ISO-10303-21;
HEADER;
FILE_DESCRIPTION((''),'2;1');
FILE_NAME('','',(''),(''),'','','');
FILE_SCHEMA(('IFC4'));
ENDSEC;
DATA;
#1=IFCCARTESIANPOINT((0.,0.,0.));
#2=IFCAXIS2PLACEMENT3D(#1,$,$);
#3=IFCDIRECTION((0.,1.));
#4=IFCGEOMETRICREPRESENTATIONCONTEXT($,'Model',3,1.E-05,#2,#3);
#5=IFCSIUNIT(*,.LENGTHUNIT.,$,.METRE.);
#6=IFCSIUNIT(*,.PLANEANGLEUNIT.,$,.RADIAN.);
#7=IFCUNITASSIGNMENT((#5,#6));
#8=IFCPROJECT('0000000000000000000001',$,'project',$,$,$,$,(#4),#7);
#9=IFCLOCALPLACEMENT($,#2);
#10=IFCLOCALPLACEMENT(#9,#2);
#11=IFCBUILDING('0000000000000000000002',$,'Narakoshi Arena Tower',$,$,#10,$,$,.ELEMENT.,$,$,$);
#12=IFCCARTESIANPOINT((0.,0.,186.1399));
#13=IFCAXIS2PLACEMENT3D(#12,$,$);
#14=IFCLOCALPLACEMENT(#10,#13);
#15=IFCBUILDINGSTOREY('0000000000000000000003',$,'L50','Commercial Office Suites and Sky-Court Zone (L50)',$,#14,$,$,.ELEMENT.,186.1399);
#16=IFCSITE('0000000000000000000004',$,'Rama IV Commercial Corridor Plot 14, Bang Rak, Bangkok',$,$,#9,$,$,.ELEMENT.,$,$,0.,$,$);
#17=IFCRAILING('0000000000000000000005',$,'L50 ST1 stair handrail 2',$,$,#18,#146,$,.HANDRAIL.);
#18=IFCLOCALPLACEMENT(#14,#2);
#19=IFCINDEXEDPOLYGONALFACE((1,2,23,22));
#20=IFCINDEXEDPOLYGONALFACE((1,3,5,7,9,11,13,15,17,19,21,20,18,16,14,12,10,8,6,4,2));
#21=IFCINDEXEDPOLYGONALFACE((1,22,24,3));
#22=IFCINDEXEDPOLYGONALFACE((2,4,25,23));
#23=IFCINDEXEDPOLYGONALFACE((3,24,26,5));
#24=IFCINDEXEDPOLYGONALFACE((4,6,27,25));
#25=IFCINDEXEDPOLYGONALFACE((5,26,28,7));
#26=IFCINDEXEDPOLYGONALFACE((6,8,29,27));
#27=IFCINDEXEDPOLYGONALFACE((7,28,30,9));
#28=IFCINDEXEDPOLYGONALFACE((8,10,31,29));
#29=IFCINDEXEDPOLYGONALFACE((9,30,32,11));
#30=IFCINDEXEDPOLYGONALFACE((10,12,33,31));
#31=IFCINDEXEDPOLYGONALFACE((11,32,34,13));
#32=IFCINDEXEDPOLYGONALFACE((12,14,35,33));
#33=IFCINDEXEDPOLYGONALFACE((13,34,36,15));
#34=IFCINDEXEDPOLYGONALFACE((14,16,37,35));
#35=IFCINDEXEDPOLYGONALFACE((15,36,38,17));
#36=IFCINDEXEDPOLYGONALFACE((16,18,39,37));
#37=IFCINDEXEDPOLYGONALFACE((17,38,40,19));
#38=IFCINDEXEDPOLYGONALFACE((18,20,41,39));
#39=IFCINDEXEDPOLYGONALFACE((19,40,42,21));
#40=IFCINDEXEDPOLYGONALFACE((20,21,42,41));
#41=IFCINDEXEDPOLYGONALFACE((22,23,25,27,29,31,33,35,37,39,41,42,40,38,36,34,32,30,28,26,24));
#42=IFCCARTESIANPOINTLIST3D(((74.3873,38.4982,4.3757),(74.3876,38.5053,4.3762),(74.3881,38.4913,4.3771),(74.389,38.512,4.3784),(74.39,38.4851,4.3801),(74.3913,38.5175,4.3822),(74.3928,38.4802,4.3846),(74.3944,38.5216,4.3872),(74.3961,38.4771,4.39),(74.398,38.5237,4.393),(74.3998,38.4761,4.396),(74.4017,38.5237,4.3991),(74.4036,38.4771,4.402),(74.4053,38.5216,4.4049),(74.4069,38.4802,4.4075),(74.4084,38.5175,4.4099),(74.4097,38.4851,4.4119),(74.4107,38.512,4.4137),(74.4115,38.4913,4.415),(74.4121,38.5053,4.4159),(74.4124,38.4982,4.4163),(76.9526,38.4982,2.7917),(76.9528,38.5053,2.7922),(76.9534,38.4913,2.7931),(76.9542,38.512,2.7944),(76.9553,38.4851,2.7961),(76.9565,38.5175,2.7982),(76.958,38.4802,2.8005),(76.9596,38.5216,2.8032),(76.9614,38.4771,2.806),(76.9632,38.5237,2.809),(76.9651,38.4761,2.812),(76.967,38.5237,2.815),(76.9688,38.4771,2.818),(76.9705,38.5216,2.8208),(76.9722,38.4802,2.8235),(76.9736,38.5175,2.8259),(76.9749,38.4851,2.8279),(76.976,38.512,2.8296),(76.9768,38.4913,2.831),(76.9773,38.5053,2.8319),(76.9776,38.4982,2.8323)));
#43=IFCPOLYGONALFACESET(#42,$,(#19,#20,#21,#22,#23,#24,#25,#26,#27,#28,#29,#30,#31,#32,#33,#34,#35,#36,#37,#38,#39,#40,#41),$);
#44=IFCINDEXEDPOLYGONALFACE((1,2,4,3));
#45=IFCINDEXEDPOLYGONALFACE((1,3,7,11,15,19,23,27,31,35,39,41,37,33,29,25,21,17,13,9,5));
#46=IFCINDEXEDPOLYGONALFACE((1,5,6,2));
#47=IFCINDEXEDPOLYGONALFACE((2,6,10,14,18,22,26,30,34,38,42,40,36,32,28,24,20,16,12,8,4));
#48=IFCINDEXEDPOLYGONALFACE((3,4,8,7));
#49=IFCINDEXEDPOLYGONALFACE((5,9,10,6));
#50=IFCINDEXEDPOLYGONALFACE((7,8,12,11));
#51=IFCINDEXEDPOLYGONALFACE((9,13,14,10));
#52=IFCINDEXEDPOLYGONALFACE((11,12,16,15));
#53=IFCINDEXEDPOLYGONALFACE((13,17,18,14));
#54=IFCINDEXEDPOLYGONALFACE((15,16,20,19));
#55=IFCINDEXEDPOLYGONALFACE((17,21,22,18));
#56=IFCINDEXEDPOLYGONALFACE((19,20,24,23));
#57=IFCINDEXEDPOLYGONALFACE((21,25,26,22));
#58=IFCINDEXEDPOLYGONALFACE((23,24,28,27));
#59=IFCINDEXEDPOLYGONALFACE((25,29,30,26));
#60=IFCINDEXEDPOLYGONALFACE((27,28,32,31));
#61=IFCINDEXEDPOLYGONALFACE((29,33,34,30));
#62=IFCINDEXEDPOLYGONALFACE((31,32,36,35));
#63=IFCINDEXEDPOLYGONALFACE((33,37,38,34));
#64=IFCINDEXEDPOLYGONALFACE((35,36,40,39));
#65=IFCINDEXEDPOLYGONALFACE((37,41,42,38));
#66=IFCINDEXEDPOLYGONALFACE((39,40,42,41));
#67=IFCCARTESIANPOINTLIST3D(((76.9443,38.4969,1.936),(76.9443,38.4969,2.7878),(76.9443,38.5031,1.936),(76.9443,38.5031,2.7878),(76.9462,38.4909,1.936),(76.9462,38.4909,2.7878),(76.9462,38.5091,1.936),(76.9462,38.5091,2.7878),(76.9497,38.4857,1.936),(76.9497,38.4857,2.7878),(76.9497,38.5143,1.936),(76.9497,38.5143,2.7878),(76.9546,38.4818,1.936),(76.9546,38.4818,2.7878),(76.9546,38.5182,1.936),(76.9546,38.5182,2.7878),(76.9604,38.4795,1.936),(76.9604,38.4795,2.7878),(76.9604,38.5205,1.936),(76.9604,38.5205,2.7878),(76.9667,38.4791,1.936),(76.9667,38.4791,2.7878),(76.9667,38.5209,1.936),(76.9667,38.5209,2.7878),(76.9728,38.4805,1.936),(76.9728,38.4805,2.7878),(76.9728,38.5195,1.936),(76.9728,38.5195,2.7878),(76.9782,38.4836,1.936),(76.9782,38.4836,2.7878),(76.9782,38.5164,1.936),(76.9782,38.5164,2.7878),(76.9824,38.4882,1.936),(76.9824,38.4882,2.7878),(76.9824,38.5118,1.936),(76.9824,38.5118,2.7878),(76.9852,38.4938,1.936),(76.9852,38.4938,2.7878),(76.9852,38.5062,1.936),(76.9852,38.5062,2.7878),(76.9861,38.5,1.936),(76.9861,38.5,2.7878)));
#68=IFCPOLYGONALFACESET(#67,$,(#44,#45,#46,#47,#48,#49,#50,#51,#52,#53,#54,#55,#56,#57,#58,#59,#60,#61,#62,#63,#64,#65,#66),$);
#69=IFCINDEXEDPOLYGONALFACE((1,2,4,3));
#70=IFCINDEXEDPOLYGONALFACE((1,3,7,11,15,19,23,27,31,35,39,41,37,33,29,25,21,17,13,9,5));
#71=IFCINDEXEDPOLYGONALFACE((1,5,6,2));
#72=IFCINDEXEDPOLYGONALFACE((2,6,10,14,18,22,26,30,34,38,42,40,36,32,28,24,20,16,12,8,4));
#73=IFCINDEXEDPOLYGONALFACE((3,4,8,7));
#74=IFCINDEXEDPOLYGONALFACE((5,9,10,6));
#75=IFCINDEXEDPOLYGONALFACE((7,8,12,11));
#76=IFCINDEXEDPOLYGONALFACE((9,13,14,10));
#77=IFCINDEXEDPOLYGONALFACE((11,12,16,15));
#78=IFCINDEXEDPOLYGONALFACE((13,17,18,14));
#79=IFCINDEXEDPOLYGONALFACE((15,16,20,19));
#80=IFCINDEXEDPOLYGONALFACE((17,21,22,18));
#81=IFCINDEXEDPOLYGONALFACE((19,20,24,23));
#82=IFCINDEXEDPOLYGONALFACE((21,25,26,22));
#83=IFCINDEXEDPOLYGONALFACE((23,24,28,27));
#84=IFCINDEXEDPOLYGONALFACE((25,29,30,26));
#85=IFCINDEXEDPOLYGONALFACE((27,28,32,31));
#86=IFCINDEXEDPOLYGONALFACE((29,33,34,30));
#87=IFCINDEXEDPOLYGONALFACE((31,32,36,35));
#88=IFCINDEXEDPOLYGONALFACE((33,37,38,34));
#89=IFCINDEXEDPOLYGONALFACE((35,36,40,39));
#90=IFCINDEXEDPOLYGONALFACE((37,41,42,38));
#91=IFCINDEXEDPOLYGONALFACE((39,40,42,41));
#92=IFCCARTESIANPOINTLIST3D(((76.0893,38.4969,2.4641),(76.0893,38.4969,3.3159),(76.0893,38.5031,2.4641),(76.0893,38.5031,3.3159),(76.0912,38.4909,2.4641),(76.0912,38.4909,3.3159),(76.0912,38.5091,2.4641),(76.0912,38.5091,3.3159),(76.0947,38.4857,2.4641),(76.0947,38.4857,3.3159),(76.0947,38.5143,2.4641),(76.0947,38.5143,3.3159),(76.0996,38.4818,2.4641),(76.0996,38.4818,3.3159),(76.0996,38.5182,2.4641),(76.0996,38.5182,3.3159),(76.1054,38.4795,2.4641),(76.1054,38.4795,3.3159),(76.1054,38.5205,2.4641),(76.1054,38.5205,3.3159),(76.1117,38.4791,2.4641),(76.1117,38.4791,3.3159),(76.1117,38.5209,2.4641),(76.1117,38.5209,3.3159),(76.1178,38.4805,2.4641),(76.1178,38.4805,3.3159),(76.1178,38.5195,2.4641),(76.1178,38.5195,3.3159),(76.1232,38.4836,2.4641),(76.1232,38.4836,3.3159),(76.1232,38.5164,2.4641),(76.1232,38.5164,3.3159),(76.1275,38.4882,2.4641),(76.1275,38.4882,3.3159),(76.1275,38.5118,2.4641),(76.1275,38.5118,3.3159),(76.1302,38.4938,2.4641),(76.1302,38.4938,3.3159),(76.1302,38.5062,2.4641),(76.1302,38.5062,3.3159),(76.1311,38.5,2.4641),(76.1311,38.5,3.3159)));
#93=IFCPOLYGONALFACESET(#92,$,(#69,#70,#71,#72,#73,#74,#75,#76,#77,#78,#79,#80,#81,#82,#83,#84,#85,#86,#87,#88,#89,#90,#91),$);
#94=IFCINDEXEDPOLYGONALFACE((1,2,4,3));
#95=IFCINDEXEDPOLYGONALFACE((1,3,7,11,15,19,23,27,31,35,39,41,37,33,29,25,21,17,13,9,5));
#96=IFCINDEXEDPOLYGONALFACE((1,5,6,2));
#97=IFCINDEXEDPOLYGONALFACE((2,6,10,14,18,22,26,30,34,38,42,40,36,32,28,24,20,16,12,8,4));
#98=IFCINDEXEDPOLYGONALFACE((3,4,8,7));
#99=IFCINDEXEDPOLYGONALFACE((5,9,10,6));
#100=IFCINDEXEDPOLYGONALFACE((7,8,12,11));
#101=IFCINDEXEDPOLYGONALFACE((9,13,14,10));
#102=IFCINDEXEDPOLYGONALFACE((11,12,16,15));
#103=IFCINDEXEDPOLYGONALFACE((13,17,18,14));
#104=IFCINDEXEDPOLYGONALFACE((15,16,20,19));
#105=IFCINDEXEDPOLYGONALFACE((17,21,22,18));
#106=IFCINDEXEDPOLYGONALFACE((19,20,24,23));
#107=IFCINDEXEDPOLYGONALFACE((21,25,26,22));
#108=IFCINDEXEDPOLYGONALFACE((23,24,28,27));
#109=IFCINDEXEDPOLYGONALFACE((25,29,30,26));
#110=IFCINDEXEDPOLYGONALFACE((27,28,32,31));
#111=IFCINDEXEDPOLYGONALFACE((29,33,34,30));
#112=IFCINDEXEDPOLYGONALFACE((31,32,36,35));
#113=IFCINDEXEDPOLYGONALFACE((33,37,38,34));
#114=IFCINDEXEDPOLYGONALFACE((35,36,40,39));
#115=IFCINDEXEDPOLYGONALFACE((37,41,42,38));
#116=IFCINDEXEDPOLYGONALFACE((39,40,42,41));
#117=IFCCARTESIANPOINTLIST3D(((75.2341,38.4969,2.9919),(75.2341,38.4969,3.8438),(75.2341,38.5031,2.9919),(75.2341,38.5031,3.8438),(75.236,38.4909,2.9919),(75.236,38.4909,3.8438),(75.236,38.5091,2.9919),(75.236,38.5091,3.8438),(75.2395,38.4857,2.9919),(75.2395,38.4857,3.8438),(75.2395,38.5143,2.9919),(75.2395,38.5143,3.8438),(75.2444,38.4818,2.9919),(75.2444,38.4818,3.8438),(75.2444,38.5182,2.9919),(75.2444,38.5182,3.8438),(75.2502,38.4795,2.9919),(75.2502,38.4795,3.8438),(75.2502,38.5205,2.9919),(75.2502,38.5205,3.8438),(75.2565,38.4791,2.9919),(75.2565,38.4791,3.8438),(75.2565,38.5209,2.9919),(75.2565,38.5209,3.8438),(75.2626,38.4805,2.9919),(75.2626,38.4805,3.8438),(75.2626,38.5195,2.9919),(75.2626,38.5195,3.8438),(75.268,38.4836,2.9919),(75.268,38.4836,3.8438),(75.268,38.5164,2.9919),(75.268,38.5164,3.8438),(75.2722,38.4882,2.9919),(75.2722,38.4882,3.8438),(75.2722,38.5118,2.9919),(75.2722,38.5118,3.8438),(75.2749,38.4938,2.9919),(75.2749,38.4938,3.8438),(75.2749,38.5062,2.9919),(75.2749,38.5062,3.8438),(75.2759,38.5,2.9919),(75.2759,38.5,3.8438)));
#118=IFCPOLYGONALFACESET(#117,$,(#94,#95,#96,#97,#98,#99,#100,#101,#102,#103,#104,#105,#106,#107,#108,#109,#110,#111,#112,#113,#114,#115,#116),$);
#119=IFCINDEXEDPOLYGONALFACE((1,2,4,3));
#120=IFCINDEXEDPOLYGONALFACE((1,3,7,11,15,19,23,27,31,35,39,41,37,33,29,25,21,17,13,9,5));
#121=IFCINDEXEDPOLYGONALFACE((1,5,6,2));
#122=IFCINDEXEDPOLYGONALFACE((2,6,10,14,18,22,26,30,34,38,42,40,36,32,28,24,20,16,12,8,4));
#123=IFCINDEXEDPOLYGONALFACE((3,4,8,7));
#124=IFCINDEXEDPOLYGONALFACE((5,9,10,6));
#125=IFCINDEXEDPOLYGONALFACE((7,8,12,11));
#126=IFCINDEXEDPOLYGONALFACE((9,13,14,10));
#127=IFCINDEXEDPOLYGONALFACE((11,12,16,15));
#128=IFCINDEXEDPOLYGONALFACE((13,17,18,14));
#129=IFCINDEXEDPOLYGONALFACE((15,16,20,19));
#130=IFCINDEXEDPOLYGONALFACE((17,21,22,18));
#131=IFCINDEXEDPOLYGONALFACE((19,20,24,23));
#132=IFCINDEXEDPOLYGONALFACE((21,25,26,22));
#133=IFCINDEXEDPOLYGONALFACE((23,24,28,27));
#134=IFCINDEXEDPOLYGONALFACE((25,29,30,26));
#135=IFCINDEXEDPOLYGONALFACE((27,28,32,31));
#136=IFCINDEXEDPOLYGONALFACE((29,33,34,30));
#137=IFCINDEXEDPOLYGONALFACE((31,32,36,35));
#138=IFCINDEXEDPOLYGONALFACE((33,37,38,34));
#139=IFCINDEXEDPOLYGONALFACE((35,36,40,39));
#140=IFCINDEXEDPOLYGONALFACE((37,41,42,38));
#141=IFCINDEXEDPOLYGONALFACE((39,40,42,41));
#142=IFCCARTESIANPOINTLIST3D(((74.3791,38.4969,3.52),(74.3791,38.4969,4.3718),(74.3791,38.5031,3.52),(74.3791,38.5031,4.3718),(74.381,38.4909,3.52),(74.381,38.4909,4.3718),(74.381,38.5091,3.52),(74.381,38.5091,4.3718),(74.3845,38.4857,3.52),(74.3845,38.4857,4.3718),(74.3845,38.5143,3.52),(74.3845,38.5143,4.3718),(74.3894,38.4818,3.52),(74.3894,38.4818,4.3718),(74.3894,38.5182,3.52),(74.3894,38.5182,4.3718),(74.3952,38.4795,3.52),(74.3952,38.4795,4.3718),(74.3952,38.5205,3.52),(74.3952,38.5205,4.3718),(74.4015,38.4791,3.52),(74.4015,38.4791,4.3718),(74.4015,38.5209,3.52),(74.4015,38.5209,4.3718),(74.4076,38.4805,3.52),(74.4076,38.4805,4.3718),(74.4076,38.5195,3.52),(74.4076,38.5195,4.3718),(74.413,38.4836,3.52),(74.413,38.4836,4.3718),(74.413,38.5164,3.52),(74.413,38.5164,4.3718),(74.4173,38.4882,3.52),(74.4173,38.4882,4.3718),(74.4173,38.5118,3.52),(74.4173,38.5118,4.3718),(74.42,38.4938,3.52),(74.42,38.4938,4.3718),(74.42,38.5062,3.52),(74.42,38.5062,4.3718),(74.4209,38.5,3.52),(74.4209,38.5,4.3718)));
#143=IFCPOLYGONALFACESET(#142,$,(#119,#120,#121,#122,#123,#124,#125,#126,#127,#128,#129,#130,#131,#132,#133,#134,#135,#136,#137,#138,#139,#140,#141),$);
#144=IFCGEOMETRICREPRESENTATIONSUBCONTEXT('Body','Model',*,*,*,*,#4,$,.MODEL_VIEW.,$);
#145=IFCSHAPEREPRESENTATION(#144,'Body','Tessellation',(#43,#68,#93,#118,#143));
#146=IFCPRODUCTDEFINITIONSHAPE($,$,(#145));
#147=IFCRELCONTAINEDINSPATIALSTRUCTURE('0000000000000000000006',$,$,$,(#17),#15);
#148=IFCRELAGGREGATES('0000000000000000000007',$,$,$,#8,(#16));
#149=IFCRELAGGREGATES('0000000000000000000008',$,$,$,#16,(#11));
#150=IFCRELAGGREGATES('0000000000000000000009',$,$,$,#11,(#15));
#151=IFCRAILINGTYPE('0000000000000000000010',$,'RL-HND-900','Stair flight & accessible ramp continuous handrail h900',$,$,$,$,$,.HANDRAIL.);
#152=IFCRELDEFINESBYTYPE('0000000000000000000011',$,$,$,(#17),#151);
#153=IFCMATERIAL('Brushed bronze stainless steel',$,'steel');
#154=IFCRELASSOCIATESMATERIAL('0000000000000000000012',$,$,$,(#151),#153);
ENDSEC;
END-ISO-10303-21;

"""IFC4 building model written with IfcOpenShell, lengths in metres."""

from ifc_helpers import new_model, si_unit, direction, frame, origin, origin_2d, place, context, subcontext, project, spatial, circle, extrude, material, type_object, element, save


model = new_model("IFC4")

# Units and contexts
model_context = context("Model", 3, precision=1e-05, world=origin(), true_north=direction((0.0, 1.0)))
body_context = subcontext(model_context, "Body", "Model", "MODEL_VIEW")
ifc_project = project(units=[si_unit("LENGTHUNIT", "METRE"), si_unit("PLANEANGLEUNIT", "RADIAN")], contexts=[model_context])

# Site, building, storey
site_placement = place(None, origin())
site = spatial("IfcSite", under=ifc_project, at=site_placement, Name="Rama IV Commercial Corridor Plot 14, Bang Rak, Bangkok", CompositionType="ELEMENT", RefElevation=0.0)
building_placement = place(site_placement, origin())
building = spatial("IfcBuilding", under=site, at=building_placement, Name="Narakoshi Arena Tower", CompositionType="ELEMENT")
storey_placement = place(building_placement, frame((0.0, 0.0, 186.1399)))
storey = spatial("IfcBuildingStorey", under=building, at=storey_placement, Name="L50", Description="Commercial Office Suites and Sky-Court Zone (L50)", CompositionType="ELEMENT", Elevation=186.1399)

# Railing
ifc_material_1 = material(Name="Brushed bronze stainless steel", Category="steel")
railing_type_1 = type_object("IfcRailingType", Name="RL-HND-900", Description="Stair flight & accessible ramp continuous handrail h900", PredefinedType="HANDRAIL", material=ifc_material_1)
railing_1_placement = place(storey_placement, frame((76.9651, 38.5, 1.936)))
element("IfcRailing", 1, at=railing_1_placement, inside=storey, type_object=railing_type_1, Name="L50 ST1 stair handrail 2", PredefinedType="HANDRAIL", context=body_context, shape_type="SweptSolid", body=[
    extrude(circle(Radius=0.0239, at=origin_2d()), frame((0.0, 0.0, 0.876), z_axis=(-0.850857, 0.0, 0.525398), x_axis=(0.0, -1.0, 0.0)), (0.0, 0.0, 1.0), 3.0149),
    extrude(circle(Radius=0.021, at=origin_2d()), origin(), (0.0, 0.0, 1.0), 0.8518),
    extrude(circle(Radius=0.021, at=origin_2d()), frame((-0.855, 0.0, 0.5281)), (0.0, 0.0, 1.0), 0.8518),
    extrude(circle(Radius=0.021, at=origin_2d()), frame((-1.7102, 0.0, 1.0559)), (0.0, 0.0, 1.0), 0.8518),
    extrude(circle(Radius=0.021, at=origin_2d()), frame((-2.5652, 0.0, 1.584)), (0.0, 0.0, 1.0), 0.8518),
])

save(model, "model.ifc")
